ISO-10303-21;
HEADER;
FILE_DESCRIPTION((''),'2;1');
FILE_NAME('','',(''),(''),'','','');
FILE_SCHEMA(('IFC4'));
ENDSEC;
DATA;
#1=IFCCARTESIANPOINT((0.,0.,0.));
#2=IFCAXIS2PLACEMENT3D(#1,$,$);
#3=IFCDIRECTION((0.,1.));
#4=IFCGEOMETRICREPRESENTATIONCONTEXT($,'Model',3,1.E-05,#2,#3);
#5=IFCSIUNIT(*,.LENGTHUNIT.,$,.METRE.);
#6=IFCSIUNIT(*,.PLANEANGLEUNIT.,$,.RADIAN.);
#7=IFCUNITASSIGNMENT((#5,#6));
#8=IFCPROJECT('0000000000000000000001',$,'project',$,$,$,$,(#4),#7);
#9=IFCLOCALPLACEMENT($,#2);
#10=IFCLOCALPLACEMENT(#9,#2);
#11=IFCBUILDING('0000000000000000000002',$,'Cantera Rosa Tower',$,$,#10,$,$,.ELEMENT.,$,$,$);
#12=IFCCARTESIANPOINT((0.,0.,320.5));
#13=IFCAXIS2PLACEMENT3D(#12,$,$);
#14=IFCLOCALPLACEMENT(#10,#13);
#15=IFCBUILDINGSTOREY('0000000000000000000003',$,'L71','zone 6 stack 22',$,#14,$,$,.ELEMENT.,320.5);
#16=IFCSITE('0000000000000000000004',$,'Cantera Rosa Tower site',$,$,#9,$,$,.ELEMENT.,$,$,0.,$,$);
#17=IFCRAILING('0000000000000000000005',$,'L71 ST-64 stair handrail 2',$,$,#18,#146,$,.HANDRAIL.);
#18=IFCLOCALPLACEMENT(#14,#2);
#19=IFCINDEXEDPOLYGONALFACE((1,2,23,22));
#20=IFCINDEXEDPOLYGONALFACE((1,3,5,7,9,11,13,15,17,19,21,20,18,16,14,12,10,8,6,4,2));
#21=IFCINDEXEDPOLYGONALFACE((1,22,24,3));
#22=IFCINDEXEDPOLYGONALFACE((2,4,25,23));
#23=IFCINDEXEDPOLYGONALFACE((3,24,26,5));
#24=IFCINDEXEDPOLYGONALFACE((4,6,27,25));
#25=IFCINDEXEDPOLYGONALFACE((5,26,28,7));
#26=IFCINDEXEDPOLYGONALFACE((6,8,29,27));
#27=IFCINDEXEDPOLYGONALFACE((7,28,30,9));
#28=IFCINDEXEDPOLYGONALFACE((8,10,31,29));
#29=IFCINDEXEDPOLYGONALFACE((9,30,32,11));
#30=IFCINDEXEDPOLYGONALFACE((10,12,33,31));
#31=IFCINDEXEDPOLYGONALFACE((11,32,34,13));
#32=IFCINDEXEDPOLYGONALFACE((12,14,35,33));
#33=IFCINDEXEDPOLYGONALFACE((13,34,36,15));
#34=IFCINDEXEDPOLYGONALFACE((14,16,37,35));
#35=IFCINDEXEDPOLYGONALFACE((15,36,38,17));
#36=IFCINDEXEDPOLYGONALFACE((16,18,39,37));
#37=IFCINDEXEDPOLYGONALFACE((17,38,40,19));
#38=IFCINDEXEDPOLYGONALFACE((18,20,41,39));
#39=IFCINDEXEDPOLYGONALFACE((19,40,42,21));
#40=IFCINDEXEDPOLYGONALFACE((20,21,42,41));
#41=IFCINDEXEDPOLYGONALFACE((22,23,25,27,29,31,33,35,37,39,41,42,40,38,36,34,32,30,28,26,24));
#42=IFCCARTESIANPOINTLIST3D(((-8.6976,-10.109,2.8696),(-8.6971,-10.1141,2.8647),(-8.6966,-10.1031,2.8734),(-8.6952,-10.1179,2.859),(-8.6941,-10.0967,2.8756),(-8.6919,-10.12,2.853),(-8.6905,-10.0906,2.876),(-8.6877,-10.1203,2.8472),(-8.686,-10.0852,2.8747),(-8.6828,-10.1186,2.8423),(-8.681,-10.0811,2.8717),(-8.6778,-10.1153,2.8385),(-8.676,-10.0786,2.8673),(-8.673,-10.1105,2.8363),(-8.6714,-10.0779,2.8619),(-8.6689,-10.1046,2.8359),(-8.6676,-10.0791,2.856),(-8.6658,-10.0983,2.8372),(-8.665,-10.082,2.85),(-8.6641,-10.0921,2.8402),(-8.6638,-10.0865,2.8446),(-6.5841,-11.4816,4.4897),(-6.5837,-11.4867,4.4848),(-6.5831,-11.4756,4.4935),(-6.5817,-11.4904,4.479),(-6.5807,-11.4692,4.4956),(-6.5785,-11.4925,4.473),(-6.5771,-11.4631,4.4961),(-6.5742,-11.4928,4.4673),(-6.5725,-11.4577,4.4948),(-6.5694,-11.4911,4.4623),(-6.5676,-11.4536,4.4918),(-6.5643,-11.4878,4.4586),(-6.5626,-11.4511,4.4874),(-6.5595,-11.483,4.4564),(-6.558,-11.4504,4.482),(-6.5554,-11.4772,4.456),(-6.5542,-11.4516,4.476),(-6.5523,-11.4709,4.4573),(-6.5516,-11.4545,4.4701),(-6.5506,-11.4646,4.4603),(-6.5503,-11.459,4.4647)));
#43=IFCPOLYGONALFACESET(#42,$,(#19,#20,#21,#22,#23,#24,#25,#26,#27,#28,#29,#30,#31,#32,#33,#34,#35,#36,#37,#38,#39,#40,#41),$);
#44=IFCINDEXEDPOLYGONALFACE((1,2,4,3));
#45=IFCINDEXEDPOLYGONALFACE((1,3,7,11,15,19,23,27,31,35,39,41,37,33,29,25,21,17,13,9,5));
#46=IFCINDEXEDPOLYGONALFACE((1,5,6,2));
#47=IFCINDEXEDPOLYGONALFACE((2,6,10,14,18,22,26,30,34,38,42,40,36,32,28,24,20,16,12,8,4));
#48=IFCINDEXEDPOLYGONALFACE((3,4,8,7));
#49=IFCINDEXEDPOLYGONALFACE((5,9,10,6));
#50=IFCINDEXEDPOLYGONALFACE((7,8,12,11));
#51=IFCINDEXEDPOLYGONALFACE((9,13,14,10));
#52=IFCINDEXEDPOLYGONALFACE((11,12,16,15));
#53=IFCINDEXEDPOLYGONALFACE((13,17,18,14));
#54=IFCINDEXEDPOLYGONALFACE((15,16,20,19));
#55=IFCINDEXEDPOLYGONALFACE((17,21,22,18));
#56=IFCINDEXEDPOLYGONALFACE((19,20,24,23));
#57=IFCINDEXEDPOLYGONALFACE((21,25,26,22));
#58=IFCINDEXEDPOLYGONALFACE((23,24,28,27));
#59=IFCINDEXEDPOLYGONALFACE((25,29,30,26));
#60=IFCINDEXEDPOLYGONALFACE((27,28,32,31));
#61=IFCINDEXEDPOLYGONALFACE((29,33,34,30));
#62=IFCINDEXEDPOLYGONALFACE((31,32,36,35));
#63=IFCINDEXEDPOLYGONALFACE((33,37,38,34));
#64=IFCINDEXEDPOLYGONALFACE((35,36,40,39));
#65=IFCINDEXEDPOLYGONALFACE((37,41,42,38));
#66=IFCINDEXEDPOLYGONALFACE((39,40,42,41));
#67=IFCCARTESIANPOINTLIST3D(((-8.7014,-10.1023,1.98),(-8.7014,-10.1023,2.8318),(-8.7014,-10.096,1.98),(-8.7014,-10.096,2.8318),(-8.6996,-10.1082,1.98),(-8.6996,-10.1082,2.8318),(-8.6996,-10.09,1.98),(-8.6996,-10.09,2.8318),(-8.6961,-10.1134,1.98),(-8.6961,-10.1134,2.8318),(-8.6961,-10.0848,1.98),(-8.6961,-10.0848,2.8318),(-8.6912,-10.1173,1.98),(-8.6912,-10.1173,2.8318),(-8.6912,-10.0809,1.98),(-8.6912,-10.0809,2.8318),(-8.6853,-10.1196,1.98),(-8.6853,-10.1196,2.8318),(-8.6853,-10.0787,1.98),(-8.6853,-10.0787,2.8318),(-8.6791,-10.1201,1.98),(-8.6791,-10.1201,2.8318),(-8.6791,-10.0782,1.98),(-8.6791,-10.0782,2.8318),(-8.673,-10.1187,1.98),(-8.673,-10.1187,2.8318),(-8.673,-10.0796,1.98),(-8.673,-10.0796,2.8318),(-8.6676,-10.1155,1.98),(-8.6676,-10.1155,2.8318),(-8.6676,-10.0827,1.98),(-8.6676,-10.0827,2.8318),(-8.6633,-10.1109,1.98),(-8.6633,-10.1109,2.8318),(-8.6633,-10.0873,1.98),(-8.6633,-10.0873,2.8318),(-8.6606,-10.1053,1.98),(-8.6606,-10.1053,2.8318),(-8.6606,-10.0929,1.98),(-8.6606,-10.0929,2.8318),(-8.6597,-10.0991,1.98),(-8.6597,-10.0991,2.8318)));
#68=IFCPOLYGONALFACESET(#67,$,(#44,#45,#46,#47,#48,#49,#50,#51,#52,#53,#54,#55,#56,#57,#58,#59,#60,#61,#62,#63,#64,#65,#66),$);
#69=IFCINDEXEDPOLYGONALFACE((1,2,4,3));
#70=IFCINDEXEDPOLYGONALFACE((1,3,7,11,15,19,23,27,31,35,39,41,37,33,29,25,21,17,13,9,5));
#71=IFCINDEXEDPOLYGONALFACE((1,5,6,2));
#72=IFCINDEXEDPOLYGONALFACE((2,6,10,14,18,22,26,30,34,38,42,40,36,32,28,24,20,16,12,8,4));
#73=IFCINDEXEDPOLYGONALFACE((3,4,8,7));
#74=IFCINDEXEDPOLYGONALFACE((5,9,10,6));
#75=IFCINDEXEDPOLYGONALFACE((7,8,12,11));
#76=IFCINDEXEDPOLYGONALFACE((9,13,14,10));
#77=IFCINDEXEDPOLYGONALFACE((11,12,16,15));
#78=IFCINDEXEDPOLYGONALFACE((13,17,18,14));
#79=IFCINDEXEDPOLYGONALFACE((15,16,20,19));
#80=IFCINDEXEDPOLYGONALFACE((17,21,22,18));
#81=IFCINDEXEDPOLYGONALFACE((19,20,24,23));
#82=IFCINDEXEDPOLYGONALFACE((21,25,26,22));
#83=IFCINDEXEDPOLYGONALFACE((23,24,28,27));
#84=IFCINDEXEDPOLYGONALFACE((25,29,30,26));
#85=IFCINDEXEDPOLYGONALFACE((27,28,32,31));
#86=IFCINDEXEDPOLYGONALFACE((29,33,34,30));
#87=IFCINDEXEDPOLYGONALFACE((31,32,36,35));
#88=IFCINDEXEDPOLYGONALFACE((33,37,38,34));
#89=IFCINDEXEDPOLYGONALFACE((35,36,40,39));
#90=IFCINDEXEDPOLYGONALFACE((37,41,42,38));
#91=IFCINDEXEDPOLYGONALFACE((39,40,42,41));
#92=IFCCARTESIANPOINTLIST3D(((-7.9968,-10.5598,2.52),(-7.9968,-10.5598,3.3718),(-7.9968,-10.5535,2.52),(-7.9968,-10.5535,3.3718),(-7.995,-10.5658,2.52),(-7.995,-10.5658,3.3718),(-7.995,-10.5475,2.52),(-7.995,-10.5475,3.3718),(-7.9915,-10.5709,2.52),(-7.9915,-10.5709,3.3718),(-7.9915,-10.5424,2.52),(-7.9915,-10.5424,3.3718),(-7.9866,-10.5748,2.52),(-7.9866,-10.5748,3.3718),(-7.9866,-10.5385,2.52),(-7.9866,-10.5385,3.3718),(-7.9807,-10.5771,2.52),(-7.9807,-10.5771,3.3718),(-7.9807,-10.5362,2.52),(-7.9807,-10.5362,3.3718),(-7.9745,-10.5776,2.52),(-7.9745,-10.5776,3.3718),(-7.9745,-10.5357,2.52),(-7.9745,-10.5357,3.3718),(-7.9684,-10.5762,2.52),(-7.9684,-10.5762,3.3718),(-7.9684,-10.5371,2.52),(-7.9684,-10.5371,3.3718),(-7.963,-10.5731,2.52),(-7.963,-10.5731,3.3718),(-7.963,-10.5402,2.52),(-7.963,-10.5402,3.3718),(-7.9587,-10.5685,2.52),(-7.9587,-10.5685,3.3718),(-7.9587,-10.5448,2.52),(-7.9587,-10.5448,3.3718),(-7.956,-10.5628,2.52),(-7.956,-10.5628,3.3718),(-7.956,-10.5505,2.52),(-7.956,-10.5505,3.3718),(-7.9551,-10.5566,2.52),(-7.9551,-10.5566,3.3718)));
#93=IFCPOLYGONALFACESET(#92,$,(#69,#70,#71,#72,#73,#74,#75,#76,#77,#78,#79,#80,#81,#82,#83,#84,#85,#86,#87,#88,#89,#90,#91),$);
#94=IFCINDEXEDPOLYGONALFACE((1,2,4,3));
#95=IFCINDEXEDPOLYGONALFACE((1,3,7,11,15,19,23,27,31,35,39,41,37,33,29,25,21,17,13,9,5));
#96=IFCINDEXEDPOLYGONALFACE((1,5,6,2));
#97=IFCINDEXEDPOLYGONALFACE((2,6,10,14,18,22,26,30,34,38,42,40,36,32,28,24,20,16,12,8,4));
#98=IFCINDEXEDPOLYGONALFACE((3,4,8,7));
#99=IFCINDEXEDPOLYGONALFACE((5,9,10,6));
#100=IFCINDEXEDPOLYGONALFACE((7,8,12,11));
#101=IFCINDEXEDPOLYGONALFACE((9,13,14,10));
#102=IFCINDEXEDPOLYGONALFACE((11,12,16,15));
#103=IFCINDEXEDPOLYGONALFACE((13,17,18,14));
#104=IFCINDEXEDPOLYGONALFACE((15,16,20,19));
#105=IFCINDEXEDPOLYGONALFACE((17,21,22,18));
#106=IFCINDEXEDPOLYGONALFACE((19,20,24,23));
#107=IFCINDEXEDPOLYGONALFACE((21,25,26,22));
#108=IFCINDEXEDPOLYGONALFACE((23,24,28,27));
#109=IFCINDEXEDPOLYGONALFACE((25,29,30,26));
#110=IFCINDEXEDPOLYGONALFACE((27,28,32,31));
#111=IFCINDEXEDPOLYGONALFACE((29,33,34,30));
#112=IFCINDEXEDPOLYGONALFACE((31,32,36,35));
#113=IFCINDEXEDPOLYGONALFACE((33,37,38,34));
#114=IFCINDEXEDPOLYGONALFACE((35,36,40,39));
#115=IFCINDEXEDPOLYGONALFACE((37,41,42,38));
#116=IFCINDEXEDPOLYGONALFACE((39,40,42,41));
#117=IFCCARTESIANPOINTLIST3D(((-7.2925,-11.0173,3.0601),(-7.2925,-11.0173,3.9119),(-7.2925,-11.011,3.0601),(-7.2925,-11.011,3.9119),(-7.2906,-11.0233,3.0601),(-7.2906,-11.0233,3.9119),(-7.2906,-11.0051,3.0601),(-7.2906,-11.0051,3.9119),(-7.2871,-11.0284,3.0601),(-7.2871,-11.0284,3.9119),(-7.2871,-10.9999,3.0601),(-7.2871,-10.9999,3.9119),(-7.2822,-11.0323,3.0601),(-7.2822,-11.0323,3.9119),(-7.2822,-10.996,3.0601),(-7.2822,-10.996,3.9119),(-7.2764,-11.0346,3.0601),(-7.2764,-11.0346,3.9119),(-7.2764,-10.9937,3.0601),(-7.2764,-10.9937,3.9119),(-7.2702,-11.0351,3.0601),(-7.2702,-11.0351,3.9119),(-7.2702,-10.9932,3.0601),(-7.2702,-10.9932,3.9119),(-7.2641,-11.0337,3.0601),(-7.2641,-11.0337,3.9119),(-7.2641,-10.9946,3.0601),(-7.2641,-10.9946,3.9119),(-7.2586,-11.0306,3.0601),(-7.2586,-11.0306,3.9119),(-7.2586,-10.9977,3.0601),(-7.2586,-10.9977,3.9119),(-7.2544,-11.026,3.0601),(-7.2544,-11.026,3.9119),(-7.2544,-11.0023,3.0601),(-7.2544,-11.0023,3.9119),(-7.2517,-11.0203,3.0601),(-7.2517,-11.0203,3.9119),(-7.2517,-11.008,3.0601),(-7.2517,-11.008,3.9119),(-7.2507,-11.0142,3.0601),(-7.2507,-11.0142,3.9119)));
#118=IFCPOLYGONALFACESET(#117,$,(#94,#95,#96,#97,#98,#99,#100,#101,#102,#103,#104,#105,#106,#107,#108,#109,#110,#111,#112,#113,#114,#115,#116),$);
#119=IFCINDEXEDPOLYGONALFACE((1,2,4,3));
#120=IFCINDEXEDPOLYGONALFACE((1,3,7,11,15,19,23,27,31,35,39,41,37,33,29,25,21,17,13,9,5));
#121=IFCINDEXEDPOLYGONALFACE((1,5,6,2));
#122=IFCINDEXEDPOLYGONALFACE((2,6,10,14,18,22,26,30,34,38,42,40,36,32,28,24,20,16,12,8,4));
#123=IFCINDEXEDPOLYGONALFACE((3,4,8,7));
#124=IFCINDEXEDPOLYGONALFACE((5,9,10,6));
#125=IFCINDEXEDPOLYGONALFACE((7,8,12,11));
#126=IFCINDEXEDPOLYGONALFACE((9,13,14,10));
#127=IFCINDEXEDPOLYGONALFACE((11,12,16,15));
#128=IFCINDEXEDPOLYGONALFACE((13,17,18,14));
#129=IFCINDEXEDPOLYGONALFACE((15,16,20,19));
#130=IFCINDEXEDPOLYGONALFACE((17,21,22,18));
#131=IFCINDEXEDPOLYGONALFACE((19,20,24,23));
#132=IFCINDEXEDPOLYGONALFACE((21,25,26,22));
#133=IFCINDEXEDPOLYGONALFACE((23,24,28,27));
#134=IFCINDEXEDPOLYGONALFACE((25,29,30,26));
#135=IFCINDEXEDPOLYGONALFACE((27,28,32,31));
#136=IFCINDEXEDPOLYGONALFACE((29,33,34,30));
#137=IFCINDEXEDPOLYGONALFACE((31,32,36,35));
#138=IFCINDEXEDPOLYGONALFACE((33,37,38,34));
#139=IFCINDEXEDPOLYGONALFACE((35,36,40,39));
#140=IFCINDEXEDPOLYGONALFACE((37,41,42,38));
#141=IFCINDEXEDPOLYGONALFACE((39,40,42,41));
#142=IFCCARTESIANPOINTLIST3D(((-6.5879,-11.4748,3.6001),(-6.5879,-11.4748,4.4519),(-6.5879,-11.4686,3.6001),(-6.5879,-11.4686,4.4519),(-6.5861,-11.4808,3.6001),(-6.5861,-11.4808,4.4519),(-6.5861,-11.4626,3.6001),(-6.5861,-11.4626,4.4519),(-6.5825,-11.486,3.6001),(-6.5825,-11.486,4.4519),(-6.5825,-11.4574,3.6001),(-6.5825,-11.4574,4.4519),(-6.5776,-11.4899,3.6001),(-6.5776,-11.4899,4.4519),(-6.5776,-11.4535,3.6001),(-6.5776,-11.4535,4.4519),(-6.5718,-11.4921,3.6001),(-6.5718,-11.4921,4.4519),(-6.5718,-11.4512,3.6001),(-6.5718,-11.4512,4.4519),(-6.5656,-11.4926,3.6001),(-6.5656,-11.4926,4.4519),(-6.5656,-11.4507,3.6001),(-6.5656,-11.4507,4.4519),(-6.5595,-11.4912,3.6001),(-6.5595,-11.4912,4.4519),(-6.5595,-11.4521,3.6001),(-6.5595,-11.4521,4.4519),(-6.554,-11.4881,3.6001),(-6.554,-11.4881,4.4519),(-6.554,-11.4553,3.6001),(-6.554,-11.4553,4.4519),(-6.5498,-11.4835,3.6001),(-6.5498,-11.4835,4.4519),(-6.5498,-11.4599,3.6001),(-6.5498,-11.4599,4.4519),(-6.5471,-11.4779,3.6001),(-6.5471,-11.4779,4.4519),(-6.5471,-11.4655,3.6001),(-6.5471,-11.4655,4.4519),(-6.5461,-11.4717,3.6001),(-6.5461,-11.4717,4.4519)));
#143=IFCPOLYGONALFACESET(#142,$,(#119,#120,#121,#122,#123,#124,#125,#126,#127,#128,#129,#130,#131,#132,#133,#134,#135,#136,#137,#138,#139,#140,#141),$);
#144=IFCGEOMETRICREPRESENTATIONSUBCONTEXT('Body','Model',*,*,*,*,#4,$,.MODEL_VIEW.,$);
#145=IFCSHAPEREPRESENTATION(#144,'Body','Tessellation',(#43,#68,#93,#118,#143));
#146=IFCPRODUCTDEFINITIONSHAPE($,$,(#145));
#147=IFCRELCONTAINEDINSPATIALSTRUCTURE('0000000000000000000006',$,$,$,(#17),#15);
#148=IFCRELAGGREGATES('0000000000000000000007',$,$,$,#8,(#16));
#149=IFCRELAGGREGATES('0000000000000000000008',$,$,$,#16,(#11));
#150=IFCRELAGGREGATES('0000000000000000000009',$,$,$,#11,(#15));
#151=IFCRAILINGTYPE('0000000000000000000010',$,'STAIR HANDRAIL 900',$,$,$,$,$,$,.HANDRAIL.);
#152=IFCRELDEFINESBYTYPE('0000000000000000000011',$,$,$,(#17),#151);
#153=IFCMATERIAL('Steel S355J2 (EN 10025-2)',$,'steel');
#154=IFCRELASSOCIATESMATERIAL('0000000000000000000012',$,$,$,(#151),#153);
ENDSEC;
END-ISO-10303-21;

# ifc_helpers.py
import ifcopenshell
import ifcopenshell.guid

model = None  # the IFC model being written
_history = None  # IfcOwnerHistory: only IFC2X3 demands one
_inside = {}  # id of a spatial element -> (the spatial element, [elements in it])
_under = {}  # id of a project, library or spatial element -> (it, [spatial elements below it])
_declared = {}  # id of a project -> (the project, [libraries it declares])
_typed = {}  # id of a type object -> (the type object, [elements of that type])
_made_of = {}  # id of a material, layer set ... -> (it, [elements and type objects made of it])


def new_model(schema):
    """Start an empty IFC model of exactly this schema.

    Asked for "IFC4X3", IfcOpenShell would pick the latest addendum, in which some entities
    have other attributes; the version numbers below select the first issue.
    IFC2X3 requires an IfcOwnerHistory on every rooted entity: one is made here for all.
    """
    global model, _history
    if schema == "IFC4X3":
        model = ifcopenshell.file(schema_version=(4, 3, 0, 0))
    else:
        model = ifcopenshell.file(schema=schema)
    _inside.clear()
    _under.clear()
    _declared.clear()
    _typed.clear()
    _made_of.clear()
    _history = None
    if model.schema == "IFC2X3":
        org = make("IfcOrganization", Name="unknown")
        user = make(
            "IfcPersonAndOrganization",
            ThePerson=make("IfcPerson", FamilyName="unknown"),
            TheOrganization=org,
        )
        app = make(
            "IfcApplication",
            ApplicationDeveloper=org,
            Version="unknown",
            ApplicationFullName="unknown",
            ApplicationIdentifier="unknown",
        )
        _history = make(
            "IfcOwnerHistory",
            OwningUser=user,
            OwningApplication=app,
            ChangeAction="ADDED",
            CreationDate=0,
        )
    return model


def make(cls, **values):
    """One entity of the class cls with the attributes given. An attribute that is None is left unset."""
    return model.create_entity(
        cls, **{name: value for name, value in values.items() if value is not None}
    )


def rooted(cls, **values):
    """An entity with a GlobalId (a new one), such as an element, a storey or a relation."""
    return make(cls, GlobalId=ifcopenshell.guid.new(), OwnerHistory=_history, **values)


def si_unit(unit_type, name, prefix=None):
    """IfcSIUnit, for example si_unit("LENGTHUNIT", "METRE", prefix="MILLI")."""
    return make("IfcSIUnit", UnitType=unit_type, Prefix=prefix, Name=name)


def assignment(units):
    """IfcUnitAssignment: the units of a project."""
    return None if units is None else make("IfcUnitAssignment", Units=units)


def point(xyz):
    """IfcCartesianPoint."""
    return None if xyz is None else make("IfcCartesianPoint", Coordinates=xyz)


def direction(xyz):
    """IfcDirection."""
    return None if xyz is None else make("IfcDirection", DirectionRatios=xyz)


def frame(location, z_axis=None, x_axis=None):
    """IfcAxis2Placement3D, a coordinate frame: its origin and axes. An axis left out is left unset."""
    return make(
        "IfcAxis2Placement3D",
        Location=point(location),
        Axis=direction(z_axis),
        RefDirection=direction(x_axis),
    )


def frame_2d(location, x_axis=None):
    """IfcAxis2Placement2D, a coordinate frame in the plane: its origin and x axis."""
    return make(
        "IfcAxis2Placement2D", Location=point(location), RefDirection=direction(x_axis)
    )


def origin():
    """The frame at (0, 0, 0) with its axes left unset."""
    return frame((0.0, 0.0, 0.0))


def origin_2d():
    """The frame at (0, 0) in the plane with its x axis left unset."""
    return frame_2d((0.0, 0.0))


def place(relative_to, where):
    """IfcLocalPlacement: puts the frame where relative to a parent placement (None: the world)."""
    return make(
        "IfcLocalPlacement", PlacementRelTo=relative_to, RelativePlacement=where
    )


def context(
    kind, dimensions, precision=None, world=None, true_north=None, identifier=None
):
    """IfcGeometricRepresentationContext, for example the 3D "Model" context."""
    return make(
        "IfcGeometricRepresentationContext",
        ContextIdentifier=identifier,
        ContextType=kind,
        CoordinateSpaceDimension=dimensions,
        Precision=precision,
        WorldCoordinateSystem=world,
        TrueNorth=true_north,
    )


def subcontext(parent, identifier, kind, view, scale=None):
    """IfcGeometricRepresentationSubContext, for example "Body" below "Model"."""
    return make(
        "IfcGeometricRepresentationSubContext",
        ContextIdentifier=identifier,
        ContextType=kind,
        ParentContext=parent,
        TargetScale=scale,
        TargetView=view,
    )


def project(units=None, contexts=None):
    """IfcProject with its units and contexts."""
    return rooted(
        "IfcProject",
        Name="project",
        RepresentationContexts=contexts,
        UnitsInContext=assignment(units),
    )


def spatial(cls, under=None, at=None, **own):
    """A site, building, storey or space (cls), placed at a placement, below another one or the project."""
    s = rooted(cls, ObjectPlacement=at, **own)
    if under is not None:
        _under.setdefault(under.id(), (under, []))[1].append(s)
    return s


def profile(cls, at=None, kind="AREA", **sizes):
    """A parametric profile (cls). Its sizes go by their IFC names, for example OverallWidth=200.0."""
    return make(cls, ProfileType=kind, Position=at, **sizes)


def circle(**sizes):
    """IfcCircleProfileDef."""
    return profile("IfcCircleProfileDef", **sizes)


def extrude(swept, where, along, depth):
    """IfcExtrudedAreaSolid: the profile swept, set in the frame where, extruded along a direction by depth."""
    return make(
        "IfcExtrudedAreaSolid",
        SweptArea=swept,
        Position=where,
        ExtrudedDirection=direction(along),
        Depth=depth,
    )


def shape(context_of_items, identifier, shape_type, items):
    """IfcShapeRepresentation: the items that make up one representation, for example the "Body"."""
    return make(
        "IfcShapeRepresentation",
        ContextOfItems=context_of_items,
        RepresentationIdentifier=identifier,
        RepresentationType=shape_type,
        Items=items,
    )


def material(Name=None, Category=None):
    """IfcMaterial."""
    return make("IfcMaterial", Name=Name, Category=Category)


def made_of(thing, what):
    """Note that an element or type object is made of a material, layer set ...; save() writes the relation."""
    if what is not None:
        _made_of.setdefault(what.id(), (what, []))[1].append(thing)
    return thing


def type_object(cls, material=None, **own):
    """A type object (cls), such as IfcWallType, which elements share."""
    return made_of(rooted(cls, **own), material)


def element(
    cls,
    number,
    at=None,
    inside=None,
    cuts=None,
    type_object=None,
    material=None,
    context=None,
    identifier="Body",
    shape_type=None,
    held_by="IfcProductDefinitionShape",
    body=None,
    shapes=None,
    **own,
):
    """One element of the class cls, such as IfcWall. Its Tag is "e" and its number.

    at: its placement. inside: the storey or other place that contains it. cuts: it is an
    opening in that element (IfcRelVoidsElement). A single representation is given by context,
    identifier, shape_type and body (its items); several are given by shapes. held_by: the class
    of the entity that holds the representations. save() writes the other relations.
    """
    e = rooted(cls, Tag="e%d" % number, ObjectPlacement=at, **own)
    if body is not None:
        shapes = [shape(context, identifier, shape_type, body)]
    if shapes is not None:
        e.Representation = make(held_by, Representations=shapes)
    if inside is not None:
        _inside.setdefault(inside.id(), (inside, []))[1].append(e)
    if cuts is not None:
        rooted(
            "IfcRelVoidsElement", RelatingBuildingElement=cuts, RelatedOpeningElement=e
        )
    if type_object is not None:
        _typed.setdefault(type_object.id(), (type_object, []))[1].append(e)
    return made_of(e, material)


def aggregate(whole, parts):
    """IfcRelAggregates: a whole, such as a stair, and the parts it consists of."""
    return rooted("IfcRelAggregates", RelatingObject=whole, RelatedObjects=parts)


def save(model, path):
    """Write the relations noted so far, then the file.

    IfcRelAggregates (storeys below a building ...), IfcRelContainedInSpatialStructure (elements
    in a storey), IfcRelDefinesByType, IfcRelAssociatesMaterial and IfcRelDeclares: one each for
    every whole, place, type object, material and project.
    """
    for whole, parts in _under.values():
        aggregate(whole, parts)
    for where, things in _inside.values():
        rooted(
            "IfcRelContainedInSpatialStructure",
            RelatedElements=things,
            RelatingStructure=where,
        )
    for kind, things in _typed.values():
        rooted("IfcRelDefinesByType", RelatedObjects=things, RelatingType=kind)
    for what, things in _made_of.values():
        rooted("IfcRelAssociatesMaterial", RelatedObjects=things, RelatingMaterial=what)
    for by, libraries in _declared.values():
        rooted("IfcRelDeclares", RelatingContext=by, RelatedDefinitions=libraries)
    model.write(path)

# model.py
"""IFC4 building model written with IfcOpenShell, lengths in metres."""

from ifc_helpers import new_model, si_unit, direction, frame, origin, origin_2d, place, context, subcontext, project, spatial, circle, extrude, material, type_object, element, save


model = new_model("IFC4")

# Units and contexts
model_context = context("Model", 3, precision=1e-05, world=origin(), true_north=direction((0.0, 1.0)))
body_context = subcontext(model_context, "Body", "Model", "MODEL_VIEW")
ifc_project = project(units=[si_unit("LENGTHUNIT", "METRE"), si_unit("PLANEANGLEUNIT", "RADIAN")], contexts=[model_context])

# Site, building, storey
site_placement = place(None, origin())
site = spatial("IfcSite", under=ifc_project, at=site_placement, Name="Cantera Rosa Tower site", CompositionType="ELEMENT", RefElevation=0.0)
building_placement = place(site_placement, origin())
building = spatial("IfcBuilding", under=site, at=building_placement, Name="Cantera Rosa Tower", CompositionType="ELEMENT")
storey_placement = place(building_placement, frame((0.0, 0.0, 320.5)))
storey = spatial("IfcBuildingStorey", under=building, at=storey_placement, Name="L71", Description="zone 6 stack 22", CompositionType="ELEMENT", Elevation=320.5)

# Railing
ifc_material_1 = material(Name="Steel S355J2 (EN 10025-2)", Category="steel")
railing_type_1 = type_object("IfcRailingType", Name="STAIR HANDRAIL 900", PredefinedType="HANDRAIL", material=ifc_material_1)
railing_1_placement = place(storey_placement, frame((-8.6807, -10.0991, 1.98)))
element("IfcRailing", 1, at=railing_1_placement, inside=storey, type_object=railing_type_1, Name="L71 ST-64 stair handrail 2", PredefinedType="HANDRAIL", context=body_context, shape_type="SweptSolid", body=[
    extrude(circle(Radius=0.0239, at=origin_2d()), frame((0.0, 0.0, 0.876), z_axis=(0.705462, -0.458139, 0.54077), x_axis=(0.544644, 0.838667, 0.0)), (0.0, 0.0, 1.0), 2.9958),
    extrude(circle(Radius=0.021, at=origin_2d()), origin(), (0.0, 0.0, 1.0), 0.8518),
    extrude(circle(Radius=0.021, at=origin_2d()), frame((0.7046, -0.4575, 0.54)), (0.0, 0.0, 1.0), 0.8518),
    extrude(circle(Radius=0.021, at=origin_2d()), frame((1.4089, -0.915, 1.0801)), (0.0, 0.0, 1.0), 0.8518),
    extrude(circle(Radius=0.021, at=origin_2d()), frame((2.1135, -1.3726, 1.6201)), (0.0, 0.0, 1.0), 0.8518),
])

save(model, "model.ifc")
